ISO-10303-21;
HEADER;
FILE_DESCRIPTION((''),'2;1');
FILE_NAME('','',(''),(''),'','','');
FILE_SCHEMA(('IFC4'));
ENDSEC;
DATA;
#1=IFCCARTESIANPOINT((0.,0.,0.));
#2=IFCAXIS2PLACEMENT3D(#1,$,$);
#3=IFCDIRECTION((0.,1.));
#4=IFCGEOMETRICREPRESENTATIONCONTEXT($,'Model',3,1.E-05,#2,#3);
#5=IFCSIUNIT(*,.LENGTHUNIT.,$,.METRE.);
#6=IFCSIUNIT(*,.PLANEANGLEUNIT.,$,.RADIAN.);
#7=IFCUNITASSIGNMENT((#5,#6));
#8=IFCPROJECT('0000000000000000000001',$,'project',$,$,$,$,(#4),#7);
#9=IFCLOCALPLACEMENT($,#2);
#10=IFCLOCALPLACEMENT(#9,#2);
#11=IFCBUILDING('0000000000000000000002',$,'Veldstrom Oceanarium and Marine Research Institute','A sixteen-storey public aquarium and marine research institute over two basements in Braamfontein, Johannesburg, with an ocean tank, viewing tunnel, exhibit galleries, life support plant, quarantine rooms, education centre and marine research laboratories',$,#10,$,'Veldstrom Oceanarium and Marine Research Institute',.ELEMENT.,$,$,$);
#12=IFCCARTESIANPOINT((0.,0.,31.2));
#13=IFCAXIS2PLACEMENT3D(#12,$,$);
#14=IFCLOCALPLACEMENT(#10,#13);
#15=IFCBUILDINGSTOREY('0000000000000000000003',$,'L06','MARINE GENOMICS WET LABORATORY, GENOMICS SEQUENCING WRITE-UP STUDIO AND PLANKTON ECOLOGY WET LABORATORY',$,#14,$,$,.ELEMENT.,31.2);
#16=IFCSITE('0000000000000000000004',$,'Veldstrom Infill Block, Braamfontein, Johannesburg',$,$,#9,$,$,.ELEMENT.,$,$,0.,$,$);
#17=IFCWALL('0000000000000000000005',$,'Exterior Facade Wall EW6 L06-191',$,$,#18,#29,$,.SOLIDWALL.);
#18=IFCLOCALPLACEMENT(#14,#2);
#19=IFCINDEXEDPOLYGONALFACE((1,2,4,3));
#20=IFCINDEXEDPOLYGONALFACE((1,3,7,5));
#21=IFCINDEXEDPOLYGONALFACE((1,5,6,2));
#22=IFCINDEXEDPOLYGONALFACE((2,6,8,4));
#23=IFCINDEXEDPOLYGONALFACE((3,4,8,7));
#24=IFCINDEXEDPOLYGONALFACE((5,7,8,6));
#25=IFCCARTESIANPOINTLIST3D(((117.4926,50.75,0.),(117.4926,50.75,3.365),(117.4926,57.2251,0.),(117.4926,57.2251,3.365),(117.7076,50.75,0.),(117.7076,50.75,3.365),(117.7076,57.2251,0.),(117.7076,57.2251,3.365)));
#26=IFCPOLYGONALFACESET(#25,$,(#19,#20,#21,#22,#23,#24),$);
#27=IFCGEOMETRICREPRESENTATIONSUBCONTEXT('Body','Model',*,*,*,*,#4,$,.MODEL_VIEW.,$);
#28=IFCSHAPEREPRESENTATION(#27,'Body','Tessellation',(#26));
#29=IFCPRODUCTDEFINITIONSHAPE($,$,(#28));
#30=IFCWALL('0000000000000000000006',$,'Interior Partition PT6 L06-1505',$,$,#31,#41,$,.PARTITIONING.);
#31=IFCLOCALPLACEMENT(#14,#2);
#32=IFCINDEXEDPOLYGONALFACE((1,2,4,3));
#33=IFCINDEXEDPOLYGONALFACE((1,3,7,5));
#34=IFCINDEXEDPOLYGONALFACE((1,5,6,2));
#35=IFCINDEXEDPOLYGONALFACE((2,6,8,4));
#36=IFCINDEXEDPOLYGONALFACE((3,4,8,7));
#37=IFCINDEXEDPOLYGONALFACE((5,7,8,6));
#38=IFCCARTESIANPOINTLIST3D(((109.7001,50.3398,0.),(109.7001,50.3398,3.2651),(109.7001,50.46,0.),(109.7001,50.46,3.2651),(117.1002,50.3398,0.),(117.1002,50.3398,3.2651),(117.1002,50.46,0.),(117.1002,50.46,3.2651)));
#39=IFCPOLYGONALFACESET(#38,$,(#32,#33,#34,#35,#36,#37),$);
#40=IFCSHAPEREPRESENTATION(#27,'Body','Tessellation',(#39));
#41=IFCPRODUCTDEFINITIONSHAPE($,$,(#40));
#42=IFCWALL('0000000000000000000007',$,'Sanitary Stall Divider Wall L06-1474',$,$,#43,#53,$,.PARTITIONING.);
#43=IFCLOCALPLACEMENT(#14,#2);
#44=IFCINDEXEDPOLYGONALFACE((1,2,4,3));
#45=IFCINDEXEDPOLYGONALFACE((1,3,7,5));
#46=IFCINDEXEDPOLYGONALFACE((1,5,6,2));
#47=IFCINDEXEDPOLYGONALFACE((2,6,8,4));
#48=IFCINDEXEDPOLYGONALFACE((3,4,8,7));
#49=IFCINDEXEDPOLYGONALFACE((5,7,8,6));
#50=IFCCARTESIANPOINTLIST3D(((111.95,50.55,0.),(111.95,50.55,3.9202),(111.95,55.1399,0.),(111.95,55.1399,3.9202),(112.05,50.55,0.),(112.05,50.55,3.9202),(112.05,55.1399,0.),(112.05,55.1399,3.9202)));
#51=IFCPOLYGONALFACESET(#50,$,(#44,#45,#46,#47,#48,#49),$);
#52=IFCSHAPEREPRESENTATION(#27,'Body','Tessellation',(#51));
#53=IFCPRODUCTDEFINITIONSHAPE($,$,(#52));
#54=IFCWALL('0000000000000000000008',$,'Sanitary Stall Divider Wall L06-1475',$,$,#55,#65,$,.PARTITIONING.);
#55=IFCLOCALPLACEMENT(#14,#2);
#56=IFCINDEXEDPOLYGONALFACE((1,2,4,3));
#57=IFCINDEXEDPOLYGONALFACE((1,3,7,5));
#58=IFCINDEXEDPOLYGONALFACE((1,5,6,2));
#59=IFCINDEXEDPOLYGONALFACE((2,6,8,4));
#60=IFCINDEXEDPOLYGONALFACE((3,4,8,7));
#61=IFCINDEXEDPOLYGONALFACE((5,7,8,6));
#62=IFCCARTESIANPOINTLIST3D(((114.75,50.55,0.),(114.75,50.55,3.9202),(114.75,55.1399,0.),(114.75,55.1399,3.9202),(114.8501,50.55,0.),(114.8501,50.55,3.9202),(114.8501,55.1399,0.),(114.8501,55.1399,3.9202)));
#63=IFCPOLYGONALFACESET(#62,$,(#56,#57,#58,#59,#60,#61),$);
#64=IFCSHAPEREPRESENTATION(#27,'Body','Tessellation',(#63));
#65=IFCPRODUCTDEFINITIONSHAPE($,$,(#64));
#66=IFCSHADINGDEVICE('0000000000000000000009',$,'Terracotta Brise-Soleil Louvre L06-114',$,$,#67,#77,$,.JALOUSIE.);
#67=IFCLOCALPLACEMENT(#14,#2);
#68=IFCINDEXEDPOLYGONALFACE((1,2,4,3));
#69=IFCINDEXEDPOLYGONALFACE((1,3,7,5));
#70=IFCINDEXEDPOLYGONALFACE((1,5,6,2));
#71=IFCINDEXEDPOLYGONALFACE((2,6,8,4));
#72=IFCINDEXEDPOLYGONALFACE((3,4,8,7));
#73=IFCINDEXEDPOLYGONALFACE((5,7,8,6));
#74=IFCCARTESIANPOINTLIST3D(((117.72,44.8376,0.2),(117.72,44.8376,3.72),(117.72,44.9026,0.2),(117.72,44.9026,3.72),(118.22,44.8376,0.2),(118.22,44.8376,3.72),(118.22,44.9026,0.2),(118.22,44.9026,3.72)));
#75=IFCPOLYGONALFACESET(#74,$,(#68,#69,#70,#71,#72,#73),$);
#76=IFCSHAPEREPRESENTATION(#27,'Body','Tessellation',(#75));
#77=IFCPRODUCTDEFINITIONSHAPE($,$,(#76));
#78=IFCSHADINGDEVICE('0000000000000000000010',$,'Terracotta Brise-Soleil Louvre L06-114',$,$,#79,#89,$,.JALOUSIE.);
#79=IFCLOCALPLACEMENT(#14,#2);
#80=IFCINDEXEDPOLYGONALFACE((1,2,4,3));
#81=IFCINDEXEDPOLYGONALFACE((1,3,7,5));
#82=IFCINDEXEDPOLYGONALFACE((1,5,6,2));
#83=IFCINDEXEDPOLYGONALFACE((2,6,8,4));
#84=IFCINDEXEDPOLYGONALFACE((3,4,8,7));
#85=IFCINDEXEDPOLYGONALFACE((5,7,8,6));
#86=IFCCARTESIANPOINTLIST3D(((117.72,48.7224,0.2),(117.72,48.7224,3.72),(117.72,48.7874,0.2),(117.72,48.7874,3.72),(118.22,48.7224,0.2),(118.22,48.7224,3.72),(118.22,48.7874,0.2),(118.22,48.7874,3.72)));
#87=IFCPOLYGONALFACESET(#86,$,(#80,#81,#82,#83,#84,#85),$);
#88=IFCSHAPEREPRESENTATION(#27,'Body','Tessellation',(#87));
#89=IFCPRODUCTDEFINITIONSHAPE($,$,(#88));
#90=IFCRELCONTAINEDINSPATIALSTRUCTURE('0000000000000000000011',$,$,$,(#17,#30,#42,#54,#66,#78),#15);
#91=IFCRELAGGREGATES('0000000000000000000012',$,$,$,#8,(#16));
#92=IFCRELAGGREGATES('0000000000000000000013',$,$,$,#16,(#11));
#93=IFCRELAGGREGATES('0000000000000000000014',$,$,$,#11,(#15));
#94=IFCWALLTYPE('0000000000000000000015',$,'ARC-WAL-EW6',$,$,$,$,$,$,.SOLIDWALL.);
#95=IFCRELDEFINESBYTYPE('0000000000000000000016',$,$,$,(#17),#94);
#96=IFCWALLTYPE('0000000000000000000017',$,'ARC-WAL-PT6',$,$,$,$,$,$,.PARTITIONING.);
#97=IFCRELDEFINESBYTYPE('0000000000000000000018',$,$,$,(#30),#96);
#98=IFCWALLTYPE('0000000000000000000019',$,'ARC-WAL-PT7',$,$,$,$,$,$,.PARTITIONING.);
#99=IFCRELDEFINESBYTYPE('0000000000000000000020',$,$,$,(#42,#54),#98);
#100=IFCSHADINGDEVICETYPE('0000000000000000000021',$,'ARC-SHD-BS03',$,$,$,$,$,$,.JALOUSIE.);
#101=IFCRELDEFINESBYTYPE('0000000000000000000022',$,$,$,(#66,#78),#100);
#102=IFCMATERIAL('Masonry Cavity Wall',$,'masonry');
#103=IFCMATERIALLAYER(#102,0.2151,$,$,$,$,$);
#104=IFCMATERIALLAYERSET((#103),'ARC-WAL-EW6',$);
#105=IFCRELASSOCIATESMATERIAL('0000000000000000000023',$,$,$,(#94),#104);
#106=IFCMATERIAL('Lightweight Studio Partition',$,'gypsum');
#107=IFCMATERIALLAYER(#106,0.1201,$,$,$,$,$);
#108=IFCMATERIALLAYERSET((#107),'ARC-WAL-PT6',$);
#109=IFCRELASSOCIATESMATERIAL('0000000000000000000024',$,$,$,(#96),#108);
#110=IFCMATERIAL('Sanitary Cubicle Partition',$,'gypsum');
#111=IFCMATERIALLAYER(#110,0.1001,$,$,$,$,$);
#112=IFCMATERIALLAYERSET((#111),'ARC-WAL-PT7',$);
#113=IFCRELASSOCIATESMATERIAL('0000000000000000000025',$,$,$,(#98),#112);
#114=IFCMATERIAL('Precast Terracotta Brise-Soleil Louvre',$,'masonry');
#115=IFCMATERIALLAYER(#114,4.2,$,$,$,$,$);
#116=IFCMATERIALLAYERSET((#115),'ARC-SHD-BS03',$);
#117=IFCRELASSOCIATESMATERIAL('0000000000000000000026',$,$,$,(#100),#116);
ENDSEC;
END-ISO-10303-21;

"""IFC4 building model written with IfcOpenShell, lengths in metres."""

from ifc_helpers import new_model, si_unit, direction, frame, frame_2d, origin, origin_2d, place, context, subcontext, project, spatial, rectangle, extrude, material, layer, layer_set, type_object, element, save


model = new_model("IFC4")

# Units and contexts
model_context = context("Model", 3, precision=1e-05, world=origin(), true_north=direction((0.0, 1.0)))
body_context = subcontext(model_context, "Body", "Model", "MODEL_VIEW")
ifc_project = project(units=[si_unit("LENGTHUNIT", "METRE"), si_unit("PLANEANGLEUNIT", "RADIAN")], contexts=[model_context])

# Site, building, storey
site_placement = place(None, origin())
site = spatial("IfcSite", under=ifc_project, at=site_placement, Name="Veldstrom Infill Block, Braamfontein, Johannesburg", CompositionType="ELEMENT", RefElevation=0.0)
building_placement = place(site_placement, origin())
building = spatial("IfcBuilding", under=site, at=building_placement, Name="Veldstrom Oceanarium and Marine Research Institute", Description="A sixteen-storey public aquarium and marine research institute over two basements in Braamfontein, Johannesburg, with an ocean tank, viewing tunnel, exhibit galleries, life support plant, quarantine rooms, education centre and marine research laboratories", LongName="Veldstrom Oceanarium and Marine Research Institute", CompositionType="ELEMENT")
storey_placement = place(building_placement, frame((0.0, 0.0, 31.2)))
storey = spatial("IfcBuildingStorey", under=building, at=storey_placement, Name="L06", Description="MARINE GENOMICS WET LABORATORY, GENOMICS SEQUENCING WRITE-UP STUDIO AND PLANKTON ECOLOGY WET LABORATORY", CompositionType="ELEMENT", Elevation=31.2)

# Walls
ifc_material_1 = material(Name="Masonry Cavity Wall", Category="masonry")
ifc_layer_1 = layer(ifc_material_1, 0.2151)
ifc_layer_set_1 = layer_set([ifc_layer_1], Name="ARC-WAL-EW6")
wall_type_1 = type_object("IfcWallType", Name="ARC-WAL-EW6", PredefinedType="SOLIDWALL", material=ifc_layer_set_1)
wall_1_placement = place(storey_placement, frame((117.6001, 50.75, 0.0), z_axis=(0.0, 0.0, 1.0), x_axis=(0.0, 1.0, 0.0)))
element("IfcWall", 1, at=wall_1_placement, inside=storey, type_object=wall_type_1, Name="Exterior Facade Wall EW6 L06-191", PredefinedType="SOLIDWALL", context=body_context, shape_type="SweptSolid", body=[
    extrude(rectangle(XDim=6.4751, YDim=0.2151, at=frame_2d((3.2375, 0.0))), origin(), (0.0, 0.0, 1.0), 3.365),
])
ifc_material_2 = material(Name="Lightweight Studio Partition", Category="gypsum")
ifc_layer_2 = layer(ifc_material_2, 0.1201)
ifc_layer_set_2 = layer_set([ifc_layer_2], Name="ARC-WAL-PT6")
wall_type_2 = type_object("IfcWallType", Name="ARC-WAL-PT6", PredefinedType="PARTITIONING", material=ifc_layer_set_2)
wall_2_placement = place(storey_placement, frame((109.7, 50.3999, 0.0), z_axis=(0.0, 0.0, 1.0), x_axis=(1.0, 0.0, 0.0)))
element("IfcWall", 2, at=wall_2_placement, inside=storey, type_object=wall_type_2, Name="Interior Partition PT6 L06-1505", PredefinedType="PARTITIONING", context=body_context, shape_type="SweptSolid", body=[
    extrude(rectangle(XDim=7.4001, YDim=0.1201, at=frame_2d((3.7002, 0.0))), origin(), (0.0, 0.0, 1.0), 3.2651),
])
ifc_material_3 = material(Name="Sanitary Cubicle Partition", Category="gypsum")
ifc_layer_3 = layer(ifc_material_3, 0.1001)
ifc_layer_set_3 = layer_set([ifc_layer_3], Name="ARC-WAL-PT7")
wall_type_3 = type_object("IfcWallType", Name="ARC-WAL-PT7", PredefinedType="PARTITIONING", material=ifc_layer_set_3)
for number, where, z_axis, x_axis, name in (
    (3, (112.0, 50.55, 0.0), (0.0, 0.0, 1.0), (0.0, 1.0, 0.0), "Sanitary Stall Divider Wall L06-1474"),
    (4, (114.8, 50.55, 0.0), (0.0, 0.0, 1.0), (0.0, 1.0, 0.0), "Sanitary Stall Divider Wall L06-1475"),
):
    element("IfcWall", number, at=place(storey_placement, frame(where, z_axis=z_axis, x_axis=x_axis)), inside=storey, type_object=wall_type_3, Name=name, PredefinedType="PARTITIONING", context=body_context, shape_type="SweptSolid", body=[
        extrude(rectangle(XDim=4.5898, YDim=0.1001, at=frame_2d((2.2949, 0.0))), origin(), (0.0, 0.0, 1.0), 3.9202),
    ])

# Shading devices
ifc_material_4 = material(Name="Precast Terracotta Brise-Soleil Louvre", Category="masonry")
ifc_layer_4 = layer(ifc_material_4, 4.2)
ifc_layer_set_4 = layer_set([ifc_layer_4], Name="ARC-SHD-BS03")
shading_device_type = type_object("IfcShadingDeviceType", Name="ARC-SHD-BS03", PredefinedType="JALOUSIE", material=ifc_layer_set_4)
for number, where, z_axis, x_axis, name in (
    (5, (117.97, 44.8701, 0.2), (0.0, 0.0, 1.0), (1.0, 0.0, 0.0), "Terracotta Brise-Soleil Louvre L06-114"),
    (6, (117.97, 48.7549, 0.2), (0.0, 0.0, 1.0), (1.0, 0.0, 0.0), "Terracotta Brise-Soleil Louvre L06-114"),
):
    element("IfcShadingDevice", number, at=place(storey_placement, frame(where, z_axis=z_axis, x_axis=x_axis)), inside=storey, type_object=shading_device_type, Name=name, PredefinedType="JALOUSIE", context=body_context, shape_type="SweptSolid", body=[
        extrude(rectangle(XDim=0.5, YDim=0.0649, at=origin_2d()), origin(), (0.0, 0.0, 1.0), 3.52),
    ])

save(model, "model.ifc")
